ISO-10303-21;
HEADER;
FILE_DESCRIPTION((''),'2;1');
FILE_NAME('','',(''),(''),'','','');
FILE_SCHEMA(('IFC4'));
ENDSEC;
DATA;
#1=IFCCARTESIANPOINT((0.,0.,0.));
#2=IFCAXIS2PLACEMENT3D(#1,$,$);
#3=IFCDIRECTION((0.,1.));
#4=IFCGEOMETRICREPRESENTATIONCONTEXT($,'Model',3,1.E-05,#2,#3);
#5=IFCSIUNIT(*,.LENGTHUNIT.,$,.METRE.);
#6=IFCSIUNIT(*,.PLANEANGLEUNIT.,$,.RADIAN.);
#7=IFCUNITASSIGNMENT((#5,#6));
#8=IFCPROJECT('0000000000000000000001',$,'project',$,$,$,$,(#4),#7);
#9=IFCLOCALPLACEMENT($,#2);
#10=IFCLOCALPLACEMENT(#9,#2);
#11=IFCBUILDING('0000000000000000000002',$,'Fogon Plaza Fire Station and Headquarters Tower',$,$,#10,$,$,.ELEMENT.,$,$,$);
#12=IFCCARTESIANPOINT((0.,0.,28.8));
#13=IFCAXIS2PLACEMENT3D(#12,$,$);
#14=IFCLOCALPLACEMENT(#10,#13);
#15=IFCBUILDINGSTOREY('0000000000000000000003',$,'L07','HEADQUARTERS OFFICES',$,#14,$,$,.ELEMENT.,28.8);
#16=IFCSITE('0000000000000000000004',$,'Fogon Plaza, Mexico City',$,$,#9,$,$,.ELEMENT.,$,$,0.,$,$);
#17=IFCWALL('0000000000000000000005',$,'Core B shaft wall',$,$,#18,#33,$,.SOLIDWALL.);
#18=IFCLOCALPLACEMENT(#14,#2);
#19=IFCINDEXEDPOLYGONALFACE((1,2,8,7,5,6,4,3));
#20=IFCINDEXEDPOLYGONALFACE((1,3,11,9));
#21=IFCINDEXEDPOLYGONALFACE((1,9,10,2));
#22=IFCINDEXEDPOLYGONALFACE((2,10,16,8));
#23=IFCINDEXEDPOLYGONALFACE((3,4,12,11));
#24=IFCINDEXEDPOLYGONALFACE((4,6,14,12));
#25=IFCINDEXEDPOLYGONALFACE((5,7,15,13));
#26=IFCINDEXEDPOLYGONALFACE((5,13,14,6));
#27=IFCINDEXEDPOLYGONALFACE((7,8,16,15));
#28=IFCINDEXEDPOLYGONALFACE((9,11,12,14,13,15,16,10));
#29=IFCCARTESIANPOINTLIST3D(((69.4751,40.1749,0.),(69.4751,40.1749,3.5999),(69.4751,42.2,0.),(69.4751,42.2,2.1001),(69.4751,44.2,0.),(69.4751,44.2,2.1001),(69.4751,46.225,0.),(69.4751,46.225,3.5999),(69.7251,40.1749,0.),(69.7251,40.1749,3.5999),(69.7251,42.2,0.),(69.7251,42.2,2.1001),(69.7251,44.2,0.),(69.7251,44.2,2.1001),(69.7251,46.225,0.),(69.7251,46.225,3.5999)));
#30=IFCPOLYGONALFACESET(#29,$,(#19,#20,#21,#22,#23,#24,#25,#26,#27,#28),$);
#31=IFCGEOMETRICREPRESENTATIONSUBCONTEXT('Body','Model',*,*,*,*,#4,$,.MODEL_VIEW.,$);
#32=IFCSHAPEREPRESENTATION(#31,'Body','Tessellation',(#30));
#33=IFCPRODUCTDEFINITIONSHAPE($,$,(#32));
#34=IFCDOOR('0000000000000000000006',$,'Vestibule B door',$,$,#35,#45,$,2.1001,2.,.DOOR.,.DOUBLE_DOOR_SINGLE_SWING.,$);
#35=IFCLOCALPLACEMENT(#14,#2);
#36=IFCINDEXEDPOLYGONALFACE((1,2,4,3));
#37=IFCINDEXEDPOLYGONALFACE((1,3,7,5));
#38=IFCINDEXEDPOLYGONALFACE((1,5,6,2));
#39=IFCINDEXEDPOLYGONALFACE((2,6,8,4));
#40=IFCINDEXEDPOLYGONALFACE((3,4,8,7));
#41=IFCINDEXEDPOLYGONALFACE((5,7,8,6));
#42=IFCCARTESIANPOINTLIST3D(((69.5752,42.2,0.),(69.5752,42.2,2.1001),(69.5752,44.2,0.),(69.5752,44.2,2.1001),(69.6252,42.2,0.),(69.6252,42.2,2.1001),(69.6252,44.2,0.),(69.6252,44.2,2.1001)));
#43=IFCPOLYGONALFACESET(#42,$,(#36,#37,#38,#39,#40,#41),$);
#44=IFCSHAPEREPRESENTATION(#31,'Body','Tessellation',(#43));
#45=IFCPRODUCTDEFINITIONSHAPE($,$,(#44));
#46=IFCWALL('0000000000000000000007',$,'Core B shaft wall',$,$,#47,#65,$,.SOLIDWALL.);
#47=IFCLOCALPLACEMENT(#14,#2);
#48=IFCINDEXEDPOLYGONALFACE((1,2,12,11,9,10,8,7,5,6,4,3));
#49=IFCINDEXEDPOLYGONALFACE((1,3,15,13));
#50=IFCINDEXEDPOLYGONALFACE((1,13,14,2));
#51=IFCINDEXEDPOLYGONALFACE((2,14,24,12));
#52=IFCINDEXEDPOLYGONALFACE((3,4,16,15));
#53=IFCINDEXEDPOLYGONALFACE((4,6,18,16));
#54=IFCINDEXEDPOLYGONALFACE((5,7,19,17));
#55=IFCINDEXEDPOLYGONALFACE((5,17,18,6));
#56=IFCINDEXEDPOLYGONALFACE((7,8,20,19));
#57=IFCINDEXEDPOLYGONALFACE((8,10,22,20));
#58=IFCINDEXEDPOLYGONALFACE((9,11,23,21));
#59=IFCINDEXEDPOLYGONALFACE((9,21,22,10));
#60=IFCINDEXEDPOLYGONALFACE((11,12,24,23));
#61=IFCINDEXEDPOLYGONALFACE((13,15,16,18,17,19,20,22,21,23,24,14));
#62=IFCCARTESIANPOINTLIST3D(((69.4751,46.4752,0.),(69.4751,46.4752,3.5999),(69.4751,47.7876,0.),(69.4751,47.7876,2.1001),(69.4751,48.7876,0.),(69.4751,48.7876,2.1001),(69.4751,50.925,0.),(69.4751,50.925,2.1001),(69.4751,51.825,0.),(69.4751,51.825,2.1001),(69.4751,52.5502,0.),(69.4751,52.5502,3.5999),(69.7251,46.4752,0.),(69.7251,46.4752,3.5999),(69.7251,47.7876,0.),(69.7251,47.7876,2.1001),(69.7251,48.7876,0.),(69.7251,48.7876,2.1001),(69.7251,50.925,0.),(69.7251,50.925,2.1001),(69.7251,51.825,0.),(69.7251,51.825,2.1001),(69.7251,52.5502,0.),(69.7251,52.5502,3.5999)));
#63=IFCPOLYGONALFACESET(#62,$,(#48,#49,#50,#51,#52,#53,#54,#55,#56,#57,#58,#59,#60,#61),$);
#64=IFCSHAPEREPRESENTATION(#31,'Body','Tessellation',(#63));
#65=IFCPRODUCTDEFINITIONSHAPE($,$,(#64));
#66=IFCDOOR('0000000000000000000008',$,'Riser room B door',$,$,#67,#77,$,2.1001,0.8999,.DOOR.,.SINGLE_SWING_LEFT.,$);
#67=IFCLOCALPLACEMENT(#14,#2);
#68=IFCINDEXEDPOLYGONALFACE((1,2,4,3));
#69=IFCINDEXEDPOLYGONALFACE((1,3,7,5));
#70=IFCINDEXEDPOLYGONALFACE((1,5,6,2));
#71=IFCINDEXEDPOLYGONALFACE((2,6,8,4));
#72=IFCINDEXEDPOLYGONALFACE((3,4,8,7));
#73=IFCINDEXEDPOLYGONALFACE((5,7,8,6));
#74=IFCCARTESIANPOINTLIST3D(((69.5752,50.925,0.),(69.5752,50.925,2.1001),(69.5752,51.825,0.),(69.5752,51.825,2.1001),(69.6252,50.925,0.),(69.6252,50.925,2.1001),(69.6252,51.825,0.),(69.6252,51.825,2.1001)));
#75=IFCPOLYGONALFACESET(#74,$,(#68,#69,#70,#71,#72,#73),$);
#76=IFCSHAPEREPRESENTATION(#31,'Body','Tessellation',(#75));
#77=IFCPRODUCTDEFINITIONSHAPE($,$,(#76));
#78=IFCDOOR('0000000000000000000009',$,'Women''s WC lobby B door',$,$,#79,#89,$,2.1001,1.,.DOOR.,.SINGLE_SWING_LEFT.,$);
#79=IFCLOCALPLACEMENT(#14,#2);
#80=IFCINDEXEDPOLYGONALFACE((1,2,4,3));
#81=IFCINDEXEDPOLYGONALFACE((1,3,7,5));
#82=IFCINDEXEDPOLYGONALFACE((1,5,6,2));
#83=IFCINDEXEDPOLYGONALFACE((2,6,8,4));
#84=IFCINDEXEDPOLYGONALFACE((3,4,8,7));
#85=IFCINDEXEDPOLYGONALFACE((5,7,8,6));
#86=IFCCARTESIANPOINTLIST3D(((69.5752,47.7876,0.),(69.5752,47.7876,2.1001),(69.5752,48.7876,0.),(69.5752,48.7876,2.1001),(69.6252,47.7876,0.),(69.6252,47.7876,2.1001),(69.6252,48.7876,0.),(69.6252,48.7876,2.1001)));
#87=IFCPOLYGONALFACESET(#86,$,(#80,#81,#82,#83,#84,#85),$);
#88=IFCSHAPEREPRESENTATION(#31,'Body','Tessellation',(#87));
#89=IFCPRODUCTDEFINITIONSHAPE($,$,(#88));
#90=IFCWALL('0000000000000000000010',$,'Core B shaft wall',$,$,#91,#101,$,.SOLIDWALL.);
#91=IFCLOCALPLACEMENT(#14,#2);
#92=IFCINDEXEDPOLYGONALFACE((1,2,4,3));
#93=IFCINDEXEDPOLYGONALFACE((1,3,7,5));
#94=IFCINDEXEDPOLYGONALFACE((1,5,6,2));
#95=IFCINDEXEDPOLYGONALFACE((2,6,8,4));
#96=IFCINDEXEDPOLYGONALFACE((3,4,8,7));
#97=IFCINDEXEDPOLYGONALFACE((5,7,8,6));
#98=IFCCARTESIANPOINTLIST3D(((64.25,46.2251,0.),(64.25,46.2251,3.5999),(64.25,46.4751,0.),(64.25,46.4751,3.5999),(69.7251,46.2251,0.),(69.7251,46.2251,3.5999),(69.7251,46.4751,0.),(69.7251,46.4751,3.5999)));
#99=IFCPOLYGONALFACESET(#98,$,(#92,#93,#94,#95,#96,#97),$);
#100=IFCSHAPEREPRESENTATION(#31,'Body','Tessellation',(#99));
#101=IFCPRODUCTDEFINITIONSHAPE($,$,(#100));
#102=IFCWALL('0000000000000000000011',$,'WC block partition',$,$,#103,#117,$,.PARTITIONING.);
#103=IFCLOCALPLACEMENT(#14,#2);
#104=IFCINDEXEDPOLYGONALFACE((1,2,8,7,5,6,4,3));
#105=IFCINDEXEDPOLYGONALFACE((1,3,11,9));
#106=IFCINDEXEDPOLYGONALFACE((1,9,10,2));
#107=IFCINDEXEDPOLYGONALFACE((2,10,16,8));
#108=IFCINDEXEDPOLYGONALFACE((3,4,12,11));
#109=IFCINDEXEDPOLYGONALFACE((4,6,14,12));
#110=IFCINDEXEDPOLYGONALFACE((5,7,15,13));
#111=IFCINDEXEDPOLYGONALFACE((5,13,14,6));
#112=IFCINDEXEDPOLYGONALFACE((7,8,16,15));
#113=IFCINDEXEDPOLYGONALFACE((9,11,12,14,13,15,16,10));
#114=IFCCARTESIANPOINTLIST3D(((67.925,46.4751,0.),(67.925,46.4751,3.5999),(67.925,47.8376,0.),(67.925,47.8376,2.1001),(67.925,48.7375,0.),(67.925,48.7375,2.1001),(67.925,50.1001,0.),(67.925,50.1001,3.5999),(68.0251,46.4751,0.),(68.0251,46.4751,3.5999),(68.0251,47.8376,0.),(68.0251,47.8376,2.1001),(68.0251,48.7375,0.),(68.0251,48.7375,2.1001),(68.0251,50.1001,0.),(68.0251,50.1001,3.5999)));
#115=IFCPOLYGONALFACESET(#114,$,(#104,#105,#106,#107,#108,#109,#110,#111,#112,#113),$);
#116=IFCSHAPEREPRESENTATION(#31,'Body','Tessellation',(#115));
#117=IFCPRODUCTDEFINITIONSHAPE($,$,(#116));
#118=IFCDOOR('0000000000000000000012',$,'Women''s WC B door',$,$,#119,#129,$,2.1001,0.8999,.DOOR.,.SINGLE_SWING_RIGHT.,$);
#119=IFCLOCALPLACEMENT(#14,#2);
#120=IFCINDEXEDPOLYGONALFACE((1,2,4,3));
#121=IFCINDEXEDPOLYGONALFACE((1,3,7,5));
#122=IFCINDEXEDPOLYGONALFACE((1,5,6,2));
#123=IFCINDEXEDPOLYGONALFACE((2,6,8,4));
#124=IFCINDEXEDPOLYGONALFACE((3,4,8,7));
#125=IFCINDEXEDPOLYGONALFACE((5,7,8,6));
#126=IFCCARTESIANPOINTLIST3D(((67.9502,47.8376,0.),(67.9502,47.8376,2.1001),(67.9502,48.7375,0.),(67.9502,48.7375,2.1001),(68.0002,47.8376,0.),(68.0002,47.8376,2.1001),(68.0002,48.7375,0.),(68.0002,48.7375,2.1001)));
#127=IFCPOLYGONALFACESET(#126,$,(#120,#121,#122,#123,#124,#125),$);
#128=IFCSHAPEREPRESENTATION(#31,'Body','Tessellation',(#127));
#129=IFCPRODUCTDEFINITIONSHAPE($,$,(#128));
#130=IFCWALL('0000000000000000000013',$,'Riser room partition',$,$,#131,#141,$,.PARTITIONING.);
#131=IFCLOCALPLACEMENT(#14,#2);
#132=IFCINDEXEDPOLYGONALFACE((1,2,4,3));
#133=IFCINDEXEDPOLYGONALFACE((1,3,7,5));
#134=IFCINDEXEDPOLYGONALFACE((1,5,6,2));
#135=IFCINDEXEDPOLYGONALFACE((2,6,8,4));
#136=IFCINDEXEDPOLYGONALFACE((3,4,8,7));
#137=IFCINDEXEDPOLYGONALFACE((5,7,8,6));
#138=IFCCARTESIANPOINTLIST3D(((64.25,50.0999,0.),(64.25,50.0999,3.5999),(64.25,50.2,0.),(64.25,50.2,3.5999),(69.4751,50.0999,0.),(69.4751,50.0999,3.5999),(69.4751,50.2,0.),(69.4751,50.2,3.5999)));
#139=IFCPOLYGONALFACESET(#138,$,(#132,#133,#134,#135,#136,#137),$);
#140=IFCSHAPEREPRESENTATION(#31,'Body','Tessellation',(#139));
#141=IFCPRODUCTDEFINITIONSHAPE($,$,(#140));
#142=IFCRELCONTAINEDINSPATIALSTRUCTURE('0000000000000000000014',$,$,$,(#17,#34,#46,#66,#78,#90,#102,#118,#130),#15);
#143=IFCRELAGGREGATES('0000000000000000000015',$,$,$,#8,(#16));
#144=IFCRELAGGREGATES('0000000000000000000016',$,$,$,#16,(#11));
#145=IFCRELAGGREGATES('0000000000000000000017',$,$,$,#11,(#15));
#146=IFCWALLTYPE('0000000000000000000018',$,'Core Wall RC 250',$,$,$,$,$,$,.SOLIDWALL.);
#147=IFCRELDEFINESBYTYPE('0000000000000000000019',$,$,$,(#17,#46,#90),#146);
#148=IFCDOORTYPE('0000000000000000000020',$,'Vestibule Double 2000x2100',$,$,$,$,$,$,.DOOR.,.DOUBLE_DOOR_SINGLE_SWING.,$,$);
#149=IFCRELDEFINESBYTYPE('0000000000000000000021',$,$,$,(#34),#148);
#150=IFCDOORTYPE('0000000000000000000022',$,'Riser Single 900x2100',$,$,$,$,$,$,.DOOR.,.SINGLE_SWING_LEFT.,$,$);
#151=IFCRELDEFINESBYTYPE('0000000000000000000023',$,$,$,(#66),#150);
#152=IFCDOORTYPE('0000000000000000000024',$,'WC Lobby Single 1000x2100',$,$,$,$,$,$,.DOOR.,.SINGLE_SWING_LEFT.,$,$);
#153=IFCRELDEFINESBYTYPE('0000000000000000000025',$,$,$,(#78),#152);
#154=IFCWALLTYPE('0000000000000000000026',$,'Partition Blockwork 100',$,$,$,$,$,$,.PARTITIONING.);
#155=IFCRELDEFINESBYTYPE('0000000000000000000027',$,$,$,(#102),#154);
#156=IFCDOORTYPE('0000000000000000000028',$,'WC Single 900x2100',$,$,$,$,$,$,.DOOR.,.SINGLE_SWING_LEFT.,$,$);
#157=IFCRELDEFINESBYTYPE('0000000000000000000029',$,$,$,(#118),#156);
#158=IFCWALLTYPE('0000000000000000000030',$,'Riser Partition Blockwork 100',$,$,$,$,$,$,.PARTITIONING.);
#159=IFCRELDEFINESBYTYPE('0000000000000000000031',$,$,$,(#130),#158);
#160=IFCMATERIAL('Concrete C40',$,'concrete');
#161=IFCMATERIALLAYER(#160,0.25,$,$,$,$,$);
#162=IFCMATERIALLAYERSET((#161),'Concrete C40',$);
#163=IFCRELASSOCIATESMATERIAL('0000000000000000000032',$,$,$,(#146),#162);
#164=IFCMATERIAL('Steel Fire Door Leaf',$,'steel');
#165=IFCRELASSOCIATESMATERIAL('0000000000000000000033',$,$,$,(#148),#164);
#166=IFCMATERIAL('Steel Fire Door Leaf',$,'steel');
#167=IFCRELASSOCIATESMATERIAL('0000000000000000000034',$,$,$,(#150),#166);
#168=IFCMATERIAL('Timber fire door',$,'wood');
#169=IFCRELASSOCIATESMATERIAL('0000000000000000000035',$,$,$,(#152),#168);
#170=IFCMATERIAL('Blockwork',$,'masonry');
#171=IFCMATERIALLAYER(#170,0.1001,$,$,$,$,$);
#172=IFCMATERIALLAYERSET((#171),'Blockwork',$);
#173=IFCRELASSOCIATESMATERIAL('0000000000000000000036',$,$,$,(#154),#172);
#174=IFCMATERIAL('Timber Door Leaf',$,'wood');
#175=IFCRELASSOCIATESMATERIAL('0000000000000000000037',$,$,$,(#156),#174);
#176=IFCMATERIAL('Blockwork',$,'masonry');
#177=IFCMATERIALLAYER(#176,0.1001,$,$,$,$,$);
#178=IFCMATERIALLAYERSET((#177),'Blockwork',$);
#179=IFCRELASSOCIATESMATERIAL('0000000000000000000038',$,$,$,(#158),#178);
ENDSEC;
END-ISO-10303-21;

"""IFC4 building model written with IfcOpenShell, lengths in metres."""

from ifc_helpers import new_model, si_unit, direction, frame, frame_2d, origin, place, context, subcontext, project, spatial, rectangle, extrude, material, layer, layer_set, type_object, element, fill, save


model = new_model("IFC4")

# Units and contexts
model_context = context("Model", 3, precision=1e-05, world=origin(), true_north=direction((0.0, 1.0)))
body_context = subcontext(model_context, "Body", "Model", "MODEL_VIEW")
ifc_project = project(units=[si_unit("LENGTHUNIT", "METRE"), si_unit("PLANEANGLEUNIT", "RADIAN")], contexts=[model_context])

# Site, building, storey
site_placement = place(None, origin())
site = spatial("IfcSite", under=ifc_project, at=site_placement, Name="Fogon Plaza, Mexico City", CompositionType="ELEMENT", RefElevation=0.0)
building_placement = place(site_placement, origin())
building = spatial("IfcBuilding", under=site, at=building_placement, Name="Fogon Plaza Fire Station and Headquarters Tower", CompositionType="ELEMENT")
storey_placement = place(building_placement, frame((0.0, 0.0, 28.8)))
storey = spatial("IfcBuildingStorey", under=building, at=storey_placement, Name="L07", Description="HEADQUARTERS OFFICES", CompositionType="ELEMENT", Elevation=28.8)

# Shared definitions
ifc_material_1 = material(Name="Concrete C40", Category="concrete")
ifc_layer_1 = layer(ifc_material_1, 0.25)
ifc_layer_set_1 = layer_set([ifc_layer_1], Name="Concrete C40")
wall_type_1 = type_object("IfcWallType", Name="Core Wall RC 250", PredefinedType="SOLIDWALL", material=ifc_layer_set_1)

# Wall, opening, door
wall_1_placement = place(storey_placement, frame((69.6001, 40.175, 0.0), z_axis=(0.0, 0.0, 1.0), x_axis=(0.0, 1.0, 0.0)))
wall_1 = element("IfcWall", 1, at=wall_1_placement, inside=storey, type_object=wall_type_1, Name="Core B shaft wall", PredefinedType="SOLIDWALL", context=body_context, shape_type="SweptSolid", body=[
    extrude(rectangle(XDim=6.05, YDim=0.25, at=frame_2d((3.0249, 0.0))), origin(), (0.0, 0.0, 1.0), 3.5999),
])
opening_1_placement = place(wall_1_placement, frame((2.0249, 0.0, 0.0)))
opening_1 = element("IfcOpeningElement", 2, at=opening_1_placement, cuts=wall_1, PredefinedType="OPENING", context=body_context, shape_type="SweptSolid", body=[
    extrude(rectangle(XDim=2.0, YDim=2.1001, at=frame_2d((1.0, 1.05))), frame((0.0, 0.135, 0.0), z_axis=(0.0, -1.0, 0.0), x_axis=(1.0, 0.0, 0.0)), (0.0, 0.0, 1.0), 0.27),
])
ifc_material_2 = material(Name="Steel Fire Door Leaf", Category="steel")
door_type_1 = type_object("IfcDoorType", Name="Vestibule Double 2000x2100", OperationType="DOUBLE_DOOR_SINGLE_SWING", PredefinedType="DOOR", material=ifc_material_2)
door_1_placement = place(opening_1_placement, origin())
door_1 = element("IfcDoor", 3, at=door_1_placement, inside=storey, type_object=door_type_1, Name="Vestibule B door", OperationType="DOUBLE_DOOR_SINGLE_SWING", OverallHeight=2.1001, OverallWidth=2.0, PredefinedType="DOOR", context=body_context, shape_type="SweptSolid", body=[
    extrude(rectangle(XDim=2.0, YDim=2.1001, at=frame_2d((1.0, 1.05))), frame((0.0, 0.0249, 0.0), z_axis=(0.0, -1.0, 0.0), x_axis=(1.0, 0.0, 0.0)), (0.0, 0.0, 1.0), 0.05),
])
fill(opening_1, door_1)

# Wall, openings, doors
wall_2_placement = place(storey_placement, frame((69.6001, 46.4751, 0.0), z_axis=(0.0, 0.0, 1.0), x_axis=(0.0, 1.0, 0.0)))
wall_2 = element("IfcWall", 4, at=wall_2_placement, inside=storey, type_object=wall_type_1, Name="Core B shaft wall", PredefinedType="SOLIDWALL", context=body_context, shape_type="SweptSolid", body=[
    extrude(rectangle(XDim=6.075, YDim=0.25, at=frame_2d((3.0376, 0.0))), origin(), (0.0, 0.0, 1.0), 3.5999),
])
opening_2_placement = place(wall_2_placement, frame((1.3125, 0.0, 0.0)))
opening_2 = element("IfcOpeningElement", 5, at=opening_2_placement, cuts=wall_2, PredefinedType="OPENING", context=body_context, shape_type="SweptSolid", body=[
    extrude(rectangle(XDim=1.0, YDim=2.1001, at=frame_2d((0.5, 1.05))), frame((0.0, 0.135, 0.0), z_axis=(0.0, -1.0, 0.0), x_axis=(1.0, 0.0, 0.0)), (0.0, 0.0, 1.0), 0.27),
])
opening_3_placement = place(wall_2_placement, frame((4.45, 0.0, 0.0)))
opening_3 = element("IfcOpeningElement", 6, at=opening_3_placement, cuts=wall_2, PredefinedType="OPENING", context=body_context, shape_type="SweptSolid", body=[
    extrude(rectangle(XDim=0.8999, YDim=2.1001, at=frame_2d((0.45, 1.05))), frame((0.0, 0.135, 0.0), z_axis=(0.0, -1.0, 0.0), x_axis=(1.0, 0.0, 0.0)), (0.0, 0.0, 1.0), 0.27),
])
ifc_material_3 = material(Name="Steel Fire Door Leaf", Category="steel")
door_type_2 = type_object("IfcDoorType", Name="Riser Single 900x2100", OperationType="SINGLE_SWING_LEFT", PredefinedType="DOOR", material=ifc_material_3)
door_2_placement = place(opening_3_placement, origin())
door_2 = element("IfcDoor", 7, at=door_2_placement, inside=storey, type_object=door_type_2, Name="Riser room B door", OperationType="SINGLE_SWING_LEFT", OverallHeight=2.1001, OverallWidth=0.8999, PredefinedType="DOOR", context=body_context, shape_type="SweptSolid", body=[
    extrude(rectangle(XDim=0.8999, YDim=2.1001, at=frame_2d((0.45, 1.05))), frame((0.0, 0.0249, 0.0), z_axis=(0.0, -1.0, 0.0), x_axis=(1.0, 0.0, 0.0)), (0.0, 0.0, 1.0), 0.05),
])
fill(opening_3, door_2)
ifc_material_4 = material(Name="Timber fire door", Category="wood")
door_type_3 = type_object("IfcDoorType", Name="WC Lobby Single 1000x2100", OperationType="SINGLE_SWING_LEFT", PredefinedType="DOOR", material=ifc_material_4)
door_3_placement = place(opening_2_placement, origin())
door_3 = element("IfcDoor", 8, at=door_3_placement, inside=storey, type_object=door_type_3, Name="Women's WC lobby B door", OperationType="SINGLE_SWING_LEFT", OverallHeight=2.1001, OverallWidth=1.0, PredefinedType="DOOR", context=body_context, shape_type="SweptSolid", body=[
    extrude(rectangle(XDim=1.0, YDim=2.1001, at=frame_2d((0.5, 1.05))), frame((0.0, 0.0249, 0.0), z_axis=(0.0, -1.0, 0.0), x_axis=(1.0, 0.0, 0.0)), (0.0, 0.0, 1.0), 0.05),
])
fill(opening_2, door_3)

# Wall
wall_3_placement = place(storey_placement, frame((69.7251, 46.3501, 0.0), z_axis=(0.0, 0.0, 1.0), x_axis=(-1.0, 0.0, 0.0)))
element("IfcWall", 9, at=wall_3_placement, inside=storey, type_object=wall_type_1, Name="Core B shaft wall", PredefinedType="SOLIDWALL", context=body_context, shape_type="SweptSolid", body=[
    extrude(rectangle(XDim=5.4751, YDim=0.25, at=frame_2d((2.7375, 0.0))), origin(), (0.0, 0.0, 1.0), 3.5999),
])

# Wall, opening, door
ifc_material_5 = material(Name="Blockwork", Category="masonry")
ifc_layer_2 = layer(ifc_material_5, 0.1001)
ifc_layer_set_2 = layer_set([ifc_layer_2], Name="Blockwork")
wall_type_2 = type_object("IfcWallType", Name="Partition Blockwork 100", PredefinedType="PARTITIONING", material=ifc_layer_set_2)
wall_4_placement = place(storey_placement, frame((67.9751, 46.4751, 0.0), z_axis=(0.0, 0.0, 1.0), x_axis=(0.0, 1.0, 0.0)))
wall_4 = element("IfcWall", 10, at=wall_4_placement, inside=storey, type_object=wall_type_2, Name="WC block partition", PredefinedType="PARTITIONING", context=body_context, shape_type="SweptSolid", body=[
    extrude(rectangle(XDim=3.625, YDim=0.1001, at=frame_2d((1.8125, 0.0))), origin(), (0.0, 0.0, 1.0), 3.5999),
])
opening_4_placement = place(wall_4_placement, frame((1.3625, 0.0, 0.0)))
opening_4 = element("IfcOpeningElement", 11, at=opening_4_placement, cuts=wall_4, PredefinedType="OPENING", context=body_context, shape_type="SweptSolid", body=[
    extrude(rectangle(XDim=0.8999, YDim=2.1001, at=frame_2d((0.45, 1.05))), frame((0.0, 0.0601, 0.0), z_axis=(0.0, -1.0, 0.0), x_axis=(1.0, 0.0, 0.0)), (0.0, 0.0, 1.0), 0.1201),
])
ifc_material_6 = material(Name="Timber Door Leaf", Category="wood")
door_type_4 = type_object("IfcDoorType", Name="WC Single 900x2100", OperationType="SINGLE_SWING_LEFT", PredefinedType="DOOR", material=ifc_material_6)
door_4_placement = place(opening_4_placement, origin())
door_4 = element("IfcDoor", 12, at=door_4_placement, inside=storey, type_object=door_type_4, Name="Women's WC B door", OperationType="SINGLE_SWING_RIGHT", OverallHeight=2.1001, OverallWidth=0.8999, PredefinedType="DOOR", context=body_context, shape_type="SweptSolid", body=[
    extrude(rectangle(XDim=0.8999, YDim=2.1001, at=frame_2d((0.45, 1.05))), frame((0.0, 0.0249, 0.0), z_axis=(0.0, -1.0, 0.0), x_axis=(1.0, 0.0, 0.0)), (0.0, 0.0, 1.0), 0.05),
])
fill(opening_4, door_4)

# Wall
ifc_material_7 = material(Name="Blockwork", Category="masonry")
ifc_layer_3 = layer(ifc_material_7, 0.1001)
ifc_layer_set_3 = layer_set([ifc_layer_3], Name="Blockwork")
wall_type_3 = type_object("IfcWallType", Name="Riser Partition Blockwork 100", PredefinedType="PARTITIONING", material=ifc_layer_set_3)
wall_5_placement = place(storey_placement, frame((69.4751, 50.1499, 0.0), z_axis=(0.0, 0.0, 1.0), x_axis=(-1.0, 0.0, 0.0)))
element("IfcWall", 13, at=wall_5_placement, inside=storey, type_object=wall_type_3, Name="Riser room partition", PredefinedType="PARTITIONING", context=body_context, shape_type="SweptSolid", body=[
    extrude(rectangle(XDim=5.2251, YDim=0.1001, at=frame_2d((2.6125, 0.0))), origin(), (0.0, 0.0, 1.0), 3.5999),
])

save(model, "model.ifc")
